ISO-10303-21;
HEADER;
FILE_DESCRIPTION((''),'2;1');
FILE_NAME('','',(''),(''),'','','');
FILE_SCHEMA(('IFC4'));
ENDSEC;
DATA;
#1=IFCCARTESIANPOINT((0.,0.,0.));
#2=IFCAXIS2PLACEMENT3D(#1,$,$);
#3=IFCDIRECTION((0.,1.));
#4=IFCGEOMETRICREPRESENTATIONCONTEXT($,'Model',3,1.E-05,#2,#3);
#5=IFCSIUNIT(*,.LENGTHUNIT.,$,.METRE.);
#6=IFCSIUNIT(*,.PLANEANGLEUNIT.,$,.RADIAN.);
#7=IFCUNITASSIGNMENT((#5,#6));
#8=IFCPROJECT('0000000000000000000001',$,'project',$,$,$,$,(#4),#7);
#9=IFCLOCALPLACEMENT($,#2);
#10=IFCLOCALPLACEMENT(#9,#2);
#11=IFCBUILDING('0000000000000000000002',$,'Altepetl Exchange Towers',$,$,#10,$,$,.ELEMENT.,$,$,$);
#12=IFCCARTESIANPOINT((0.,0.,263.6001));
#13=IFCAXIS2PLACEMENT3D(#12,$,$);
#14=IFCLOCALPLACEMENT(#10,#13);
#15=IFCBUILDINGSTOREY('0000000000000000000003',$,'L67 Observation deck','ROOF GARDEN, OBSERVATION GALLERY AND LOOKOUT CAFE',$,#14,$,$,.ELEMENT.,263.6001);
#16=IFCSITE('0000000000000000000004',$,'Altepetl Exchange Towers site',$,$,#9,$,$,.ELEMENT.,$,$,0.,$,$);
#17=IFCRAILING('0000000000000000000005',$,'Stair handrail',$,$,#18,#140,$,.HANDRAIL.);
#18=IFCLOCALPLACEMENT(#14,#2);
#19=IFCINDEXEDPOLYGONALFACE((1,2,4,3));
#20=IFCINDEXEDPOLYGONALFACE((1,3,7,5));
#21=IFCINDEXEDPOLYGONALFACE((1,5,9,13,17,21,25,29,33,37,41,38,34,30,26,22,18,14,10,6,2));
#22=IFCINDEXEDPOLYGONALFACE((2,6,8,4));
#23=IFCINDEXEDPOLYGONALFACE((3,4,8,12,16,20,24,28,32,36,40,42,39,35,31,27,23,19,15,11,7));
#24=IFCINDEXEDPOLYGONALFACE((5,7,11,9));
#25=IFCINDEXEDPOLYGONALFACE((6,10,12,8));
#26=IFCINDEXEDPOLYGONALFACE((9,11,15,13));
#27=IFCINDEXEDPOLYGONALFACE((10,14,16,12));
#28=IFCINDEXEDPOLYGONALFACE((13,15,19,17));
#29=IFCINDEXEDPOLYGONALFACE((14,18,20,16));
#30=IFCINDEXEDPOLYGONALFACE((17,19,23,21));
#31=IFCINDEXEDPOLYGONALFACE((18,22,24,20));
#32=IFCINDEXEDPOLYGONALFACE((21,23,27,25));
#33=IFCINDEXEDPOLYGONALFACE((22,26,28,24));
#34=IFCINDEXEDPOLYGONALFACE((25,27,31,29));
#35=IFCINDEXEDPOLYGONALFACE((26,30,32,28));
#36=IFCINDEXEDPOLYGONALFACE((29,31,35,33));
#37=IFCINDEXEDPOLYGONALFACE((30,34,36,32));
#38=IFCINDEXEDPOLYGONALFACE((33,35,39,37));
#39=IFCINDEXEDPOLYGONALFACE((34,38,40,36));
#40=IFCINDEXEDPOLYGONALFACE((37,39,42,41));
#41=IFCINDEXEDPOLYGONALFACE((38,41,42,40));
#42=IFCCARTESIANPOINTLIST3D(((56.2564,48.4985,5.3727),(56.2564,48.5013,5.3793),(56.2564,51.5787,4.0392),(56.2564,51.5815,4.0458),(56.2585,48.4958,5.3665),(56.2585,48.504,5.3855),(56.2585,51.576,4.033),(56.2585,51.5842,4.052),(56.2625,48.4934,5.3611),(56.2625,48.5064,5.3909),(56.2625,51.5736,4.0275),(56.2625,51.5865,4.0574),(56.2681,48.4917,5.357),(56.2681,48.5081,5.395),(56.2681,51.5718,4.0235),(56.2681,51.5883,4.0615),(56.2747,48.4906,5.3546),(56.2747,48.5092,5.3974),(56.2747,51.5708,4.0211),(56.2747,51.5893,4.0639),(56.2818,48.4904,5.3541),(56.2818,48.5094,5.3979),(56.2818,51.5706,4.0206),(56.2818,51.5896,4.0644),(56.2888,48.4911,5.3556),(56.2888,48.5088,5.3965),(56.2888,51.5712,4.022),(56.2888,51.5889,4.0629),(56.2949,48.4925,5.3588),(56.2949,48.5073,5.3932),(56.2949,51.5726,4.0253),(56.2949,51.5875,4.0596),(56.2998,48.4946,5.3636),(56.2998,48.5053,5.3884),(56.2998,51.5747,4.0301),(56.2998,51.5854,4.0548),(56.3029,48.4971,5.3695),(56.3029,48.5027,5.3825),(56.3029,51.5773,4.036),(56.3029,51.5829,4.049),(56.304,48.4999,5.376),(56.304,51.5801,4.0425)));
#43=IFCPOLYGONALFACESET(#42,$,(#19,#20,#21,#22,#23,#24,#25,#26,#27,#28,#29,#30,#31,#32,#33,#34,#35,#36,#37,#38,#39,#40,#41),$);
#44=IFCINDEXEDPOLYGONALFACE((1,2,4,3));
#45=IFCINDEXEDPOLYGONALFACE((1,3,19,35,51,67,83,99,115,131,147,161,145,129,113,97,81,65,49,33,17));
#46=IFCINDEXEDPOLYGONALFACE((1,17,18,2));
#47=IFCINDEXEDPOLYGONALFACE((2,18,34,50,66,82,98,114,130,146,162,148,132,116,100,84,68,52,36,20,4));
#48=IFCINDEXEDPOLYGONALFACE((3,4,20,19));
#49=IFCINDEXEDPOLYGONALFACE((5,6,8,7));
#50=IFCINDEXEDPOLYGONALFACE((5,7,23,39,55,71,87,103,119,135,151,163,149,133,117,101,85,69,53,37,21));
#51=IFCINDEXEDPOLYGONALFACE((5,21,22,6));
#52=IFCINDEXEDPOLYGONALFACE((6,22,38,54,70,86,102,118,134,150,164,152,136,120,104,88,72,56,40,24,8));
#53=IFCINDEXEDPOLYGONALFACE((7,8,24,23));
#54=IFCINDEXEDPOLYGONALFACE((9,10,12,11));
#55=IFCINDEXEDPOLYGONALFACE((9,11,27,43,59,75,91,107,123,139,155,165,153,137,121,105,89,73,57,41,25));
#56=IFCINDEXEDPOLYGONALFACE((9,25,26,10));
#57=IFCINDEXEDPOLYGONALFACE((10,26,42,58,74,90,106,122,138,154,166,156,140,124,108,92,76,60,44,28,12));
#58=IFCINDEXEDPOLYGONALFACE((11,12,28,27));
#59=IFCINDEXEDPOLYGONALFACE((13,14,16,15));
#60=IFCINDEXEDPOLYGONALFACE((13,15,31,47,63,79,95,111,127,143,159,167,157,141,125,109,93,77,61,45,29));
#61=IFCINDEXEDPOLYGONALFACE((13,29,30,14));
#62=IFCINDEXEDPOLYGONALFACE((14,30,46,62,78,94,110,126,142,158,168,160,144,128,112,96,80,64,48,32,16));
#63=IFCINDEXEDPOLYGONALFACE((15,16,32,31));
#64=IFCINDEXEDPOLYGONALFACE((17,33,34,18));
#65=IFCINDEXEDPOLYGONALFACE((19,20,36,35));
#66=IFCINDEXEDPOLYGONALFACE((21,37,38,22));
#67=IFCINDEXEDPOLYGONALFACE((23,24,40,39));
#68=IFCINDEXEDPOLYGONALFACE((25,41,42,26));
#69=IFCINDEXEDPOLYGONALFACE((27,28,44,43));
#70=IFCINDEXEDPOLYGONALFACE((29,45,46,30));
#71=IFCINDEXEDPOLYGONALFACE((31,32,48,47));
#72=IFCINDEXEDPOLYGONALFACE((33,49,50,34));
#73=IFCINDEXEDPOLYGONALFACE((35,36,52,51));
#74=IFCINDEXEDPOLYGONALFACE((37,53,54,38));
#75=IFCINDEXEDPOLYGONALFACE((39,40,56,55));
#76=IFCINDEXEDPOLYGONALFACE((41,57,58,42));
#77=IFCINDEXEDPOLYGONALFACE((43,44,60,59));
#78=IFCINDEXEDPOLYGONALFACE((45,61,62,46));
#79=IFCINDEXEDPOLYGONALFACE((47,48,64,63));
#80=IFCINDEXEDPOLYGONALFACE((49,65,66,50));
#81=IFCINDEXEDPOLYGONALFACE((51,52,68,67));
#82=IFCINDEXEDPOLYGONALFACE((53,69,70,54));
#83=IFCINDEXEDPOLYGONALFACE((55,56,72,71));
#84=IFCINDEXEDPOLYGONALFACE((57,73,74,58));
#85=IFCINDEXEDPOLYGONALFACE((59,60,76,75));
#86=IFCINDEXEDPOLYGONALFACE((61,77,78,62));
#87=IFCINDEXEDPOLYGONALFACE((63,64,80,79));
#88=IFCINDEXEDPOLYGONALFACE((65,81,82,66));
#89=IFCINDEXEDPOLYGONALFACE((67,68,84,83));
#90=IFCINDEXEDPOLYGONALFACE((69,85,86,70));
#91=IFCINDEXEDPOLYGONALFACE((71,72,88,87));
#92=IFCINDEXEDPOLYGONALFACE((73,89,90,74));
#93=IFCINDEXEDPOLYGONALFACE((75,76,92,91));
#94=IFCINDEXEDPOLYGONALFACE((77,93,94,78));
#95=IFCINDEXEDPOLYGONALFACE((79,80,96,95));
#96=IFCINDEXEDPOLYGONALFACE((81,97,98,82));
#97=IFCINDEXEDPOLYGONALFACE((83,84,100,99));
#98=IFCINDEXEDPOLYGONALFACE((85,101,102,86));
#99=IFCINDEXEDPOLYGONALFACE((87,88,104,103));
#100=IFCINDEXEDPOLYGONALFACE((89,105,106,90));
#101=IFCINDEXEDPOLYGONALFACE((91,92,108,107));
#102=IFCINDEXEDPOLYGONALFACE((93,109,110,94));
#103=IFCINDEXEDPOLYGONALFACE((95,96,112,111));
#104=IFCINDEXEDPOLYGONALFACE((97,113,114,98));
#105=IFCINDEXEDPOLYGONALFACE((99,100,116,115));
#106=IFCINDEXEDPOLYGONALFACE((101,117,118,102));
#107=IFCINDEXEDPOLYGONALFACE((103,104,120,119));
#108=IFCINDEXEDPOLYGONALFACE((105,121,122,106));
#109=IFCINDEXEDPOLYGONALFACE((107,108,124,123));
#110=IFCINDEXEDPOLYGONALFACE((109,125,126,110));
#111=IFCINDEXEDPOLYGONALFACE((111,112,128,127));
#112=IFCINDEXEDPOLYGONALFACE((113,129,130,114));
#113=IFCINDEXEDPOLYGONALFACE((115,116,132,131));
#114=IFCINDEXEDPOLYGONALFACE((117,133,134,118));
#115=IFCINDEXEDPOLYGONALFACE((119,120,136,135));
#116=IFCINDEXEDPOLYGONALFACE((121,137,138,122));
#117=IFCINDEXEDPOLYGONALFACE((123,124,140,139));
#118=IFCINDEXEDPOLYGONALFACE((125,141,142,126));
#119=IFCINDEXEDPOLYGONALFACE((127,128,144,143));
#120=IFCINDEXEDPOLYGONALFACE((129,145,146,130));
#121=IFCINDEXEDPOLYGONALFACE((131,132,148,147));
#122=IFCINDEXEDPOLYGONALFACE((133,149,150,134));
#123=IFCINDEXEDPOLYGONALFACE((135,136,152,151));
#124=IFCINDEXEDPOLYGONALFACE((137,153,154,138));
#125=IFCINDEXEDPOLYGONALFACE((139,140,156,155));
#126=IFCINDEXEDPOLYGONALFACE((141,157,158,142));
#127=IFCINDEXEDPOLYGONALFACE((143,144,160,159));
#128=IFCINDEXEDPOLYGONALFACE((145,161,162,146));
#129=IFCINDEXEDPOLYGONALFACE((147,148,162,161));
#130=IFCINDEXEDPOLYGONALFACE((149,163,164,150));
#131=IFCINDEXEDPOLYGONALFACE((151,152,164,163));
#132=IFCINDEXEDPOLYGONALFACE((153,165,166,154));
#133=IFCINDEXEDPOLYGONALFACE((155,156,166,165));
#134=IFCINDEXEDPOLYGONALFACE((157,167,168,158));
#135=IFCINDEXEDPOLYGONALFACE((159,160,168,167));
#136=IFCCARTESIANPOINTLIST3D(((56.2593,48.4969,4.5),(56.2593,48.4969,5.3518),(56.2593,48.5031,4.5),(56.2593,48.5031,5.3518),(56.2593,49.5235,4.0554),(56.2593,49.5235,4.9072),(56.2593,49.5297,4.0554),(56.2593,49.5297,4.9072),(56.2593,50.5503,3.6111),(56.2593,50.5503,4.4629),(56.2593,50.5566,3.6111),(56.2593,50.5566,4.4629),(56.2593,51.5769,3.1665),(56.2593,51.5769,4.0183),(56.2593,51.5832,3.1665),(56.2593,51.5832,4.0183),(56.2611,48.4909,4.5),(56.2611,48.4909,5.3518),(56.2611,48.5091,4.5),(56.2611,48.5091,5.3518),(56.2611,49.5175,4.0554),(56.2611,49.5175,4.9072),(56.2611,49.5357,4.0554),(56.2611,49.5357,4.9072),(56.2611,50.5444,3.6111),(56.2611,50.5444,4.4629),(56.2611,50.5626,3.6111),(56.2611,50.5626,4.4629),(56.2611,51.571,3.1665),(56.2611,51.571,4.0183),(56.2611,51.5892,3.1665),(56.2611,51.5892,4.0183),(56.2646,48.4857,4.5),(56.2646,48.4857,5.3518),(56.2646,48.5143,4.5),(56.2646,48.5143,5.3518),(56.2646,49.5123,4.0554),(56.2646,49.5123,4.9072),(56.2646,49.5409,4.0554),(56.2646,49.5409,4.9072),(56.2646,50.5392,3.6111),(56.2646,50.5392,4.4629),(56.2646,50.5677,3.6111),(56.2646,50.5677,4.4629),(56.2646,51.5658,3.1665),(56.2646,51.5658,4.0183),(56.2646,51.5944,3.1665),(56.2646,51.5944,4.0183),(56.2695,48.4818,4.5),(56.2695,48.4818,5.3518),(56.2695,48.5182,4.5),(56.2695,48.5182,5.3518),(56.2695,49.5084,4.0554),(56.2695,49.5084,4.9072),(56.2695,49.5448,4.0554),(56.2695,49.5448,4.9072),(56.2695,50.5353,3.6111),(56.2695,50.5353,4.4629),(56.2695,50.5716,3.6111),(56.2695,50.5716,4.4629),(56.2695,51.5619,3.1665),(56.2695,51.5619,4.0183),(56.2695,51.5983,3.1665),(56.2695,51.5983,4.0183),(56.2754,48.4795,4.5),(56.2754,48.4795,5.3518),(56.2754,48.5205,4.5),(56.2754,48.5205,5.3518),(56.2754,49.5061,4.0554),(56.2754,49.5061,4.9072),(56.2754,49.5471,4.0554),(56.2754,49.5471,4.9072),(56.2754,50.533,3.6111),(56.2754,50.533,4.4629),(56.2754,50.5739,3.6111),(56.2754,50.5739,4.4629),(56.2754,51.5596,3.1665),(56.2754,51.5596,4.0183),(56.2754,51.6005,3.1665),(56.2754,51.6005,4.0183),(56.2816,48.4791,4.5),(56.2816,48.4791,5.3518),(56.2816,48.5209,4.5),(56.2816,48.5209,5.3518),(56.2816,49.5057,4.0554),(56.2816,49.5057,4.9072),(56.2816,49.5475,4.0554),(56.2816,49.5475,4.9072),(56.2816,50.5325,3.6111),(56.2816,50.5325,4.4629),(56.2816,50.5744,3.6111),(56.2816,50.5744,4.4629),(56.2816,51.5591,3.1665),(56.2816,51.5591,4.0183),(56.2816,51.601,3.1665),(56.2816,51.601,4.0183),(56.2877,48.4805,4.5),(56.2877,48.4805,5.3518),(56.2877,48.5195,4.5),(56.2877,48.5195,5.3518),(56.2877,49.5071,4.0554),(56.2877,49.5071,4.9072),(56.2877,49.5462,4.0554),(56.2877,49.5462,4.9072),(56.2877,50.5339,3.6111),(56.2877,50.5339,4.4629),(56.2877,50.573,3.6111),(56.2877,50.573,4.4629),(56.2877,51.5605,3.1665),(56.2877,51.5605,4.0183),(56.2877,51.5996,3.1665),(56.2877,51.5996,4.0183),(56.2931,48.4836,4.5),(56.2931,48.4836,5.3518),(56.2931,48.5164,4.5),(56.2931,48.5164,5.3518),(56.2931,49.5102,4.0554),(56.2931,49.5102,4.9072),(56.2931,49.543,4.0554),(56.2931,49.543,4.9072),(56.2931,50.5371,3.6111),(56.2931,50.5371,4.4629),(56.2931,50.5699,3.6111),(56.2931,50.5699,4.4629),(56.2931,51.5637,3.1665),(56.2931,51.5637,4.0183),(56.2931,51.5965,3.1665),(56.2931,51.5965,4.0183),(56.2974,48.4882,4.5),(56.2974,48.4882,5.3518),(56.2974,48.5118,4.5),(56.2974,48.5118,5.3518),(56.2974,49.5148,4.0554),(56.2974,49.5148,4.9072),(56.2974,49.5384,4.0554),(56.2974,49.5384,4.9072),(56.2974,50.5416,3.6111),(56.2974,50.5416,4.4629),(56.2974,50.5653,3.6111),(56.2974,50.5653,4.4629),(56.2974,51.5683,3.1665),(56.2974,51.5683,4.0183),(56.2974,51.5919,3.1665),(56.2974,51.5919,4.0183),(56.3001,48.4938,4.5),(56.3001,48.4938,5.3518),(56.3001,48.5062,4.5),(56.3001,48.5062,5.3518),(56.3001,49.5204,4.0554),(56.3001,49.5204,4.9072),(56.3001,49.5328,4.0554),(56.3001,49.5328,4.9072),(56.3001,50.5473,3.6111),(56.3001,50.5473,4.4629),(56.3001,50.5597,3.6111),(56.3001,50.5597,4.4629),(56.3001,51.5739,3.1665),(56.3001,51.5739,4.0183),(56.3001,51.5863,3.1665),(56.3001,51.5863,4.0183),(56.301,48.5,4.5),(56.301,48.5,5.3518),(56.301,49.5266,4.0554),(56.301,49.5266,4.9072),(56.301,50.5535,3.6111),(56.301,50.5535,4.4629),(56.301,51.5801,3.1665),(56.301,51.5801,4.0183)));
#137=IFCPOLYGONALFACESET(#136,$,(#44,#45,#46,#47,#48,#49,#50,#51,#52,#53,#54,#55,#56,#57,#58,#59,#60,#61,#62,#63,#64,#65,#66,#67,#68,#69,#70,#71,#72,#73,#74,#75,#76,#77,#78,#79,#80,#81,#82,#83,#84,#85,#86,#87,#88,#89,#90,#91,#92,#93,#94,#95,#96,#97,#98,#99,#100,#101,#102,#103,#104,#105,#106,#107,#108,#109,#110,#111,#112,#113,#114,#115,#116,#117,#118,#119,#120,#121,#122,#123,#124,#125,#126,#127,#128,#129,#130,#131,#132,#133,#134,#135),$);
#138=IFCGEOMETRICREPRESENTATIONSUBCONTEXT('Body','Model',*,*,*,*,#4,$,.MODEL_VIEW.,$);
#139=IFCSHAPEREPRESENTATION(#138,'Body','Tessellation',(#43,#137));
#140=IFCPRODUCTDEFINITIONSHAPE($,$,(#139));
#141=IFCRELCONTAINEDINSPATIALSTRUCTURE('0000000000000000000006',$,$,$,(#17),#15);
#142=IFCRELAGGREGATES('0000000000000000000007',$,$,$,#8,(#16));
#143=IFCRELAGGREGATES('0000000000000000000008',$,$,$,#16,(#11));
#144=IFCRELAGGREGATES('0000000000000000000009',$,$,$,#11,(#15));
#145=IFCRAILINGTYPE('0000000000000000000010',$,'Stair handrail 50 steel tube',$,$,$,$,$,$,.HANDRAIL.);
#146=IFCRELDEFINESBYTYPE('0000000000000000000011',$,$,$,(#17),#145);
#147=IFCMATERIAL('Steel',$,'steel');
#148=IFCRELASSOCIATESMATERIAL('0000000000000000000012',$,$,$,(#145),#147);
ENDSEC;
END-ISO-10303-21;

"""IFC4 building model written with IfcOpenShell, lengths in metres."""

from ifc_helpers import new_model, si_unit, direction, frame, origin, origin_2d, place, context, subcontext, project, spatial, circle, extrude, source, transform, mapped, material, type_object, element, save


model = new_model("IFC4")

# Units and contexts
model_context = context("Model", 3, precision=1e-05, world=origin(), true_north=direction((0.0, 1.0)))
body_context = subcontext(model_context, "Body", "Model", "MODEL_VIEW")
ifc_project = project(units=[si_unit("LENGTHUNIT", "METRE"), si_unit("PLANEANGLEUNIT", "RADIAN")], contexts=[model_context])

# Site, building, storey
site_placement = place(None, origin())
site = spatial("IfcSite", under=ifc_project, at=site_placement, Name="Altepetl Exchange Towers site", CompositionType="ELEMENT", RefElevation=0.0)
building_placement = place(site_placement, origin())
building = spatial("IfcBuilding", under=site, at=building_placement, Name="Altepetl Exchange Towers", CompositionType="ELEMENT")
storey_placement = place(building_placement, frame((0.0, 0.0, 263.6001)))
storey = spatial("IfcBuildingStorey", under=building, at=storey_placement, Name="L67 Observation deck", Description="ROOF GARDEN, OBSERVATION GALLERY AND LOOKOUT CAFE", CompositionType="ELEMENT", Elevation=263.6001)

# Railing
ifc_material_1 = material(Name="Steel", Category="steel")
railing_type = type_object("IfcRailingType", Name="Stair handrail 50 steel tube", PredefinedType="HANDRAIL", material=ifc_material_1)
shared_shape = source(origin(), body_context, "Body", "SweptSolid", [
    extrude(circle(Radius=0.021, at=origin_2d()), origin(), (0.0, 0.0, 1.0), 0.8518),
])
for number, where, name in (
    (1, (56.28, 51.5801, 3.1665), "Stair handrail"),
):
    element("IfcRailing", number, at=place(storey_placement, frame(where)), inside=storey, type_object=railing_type, Name=name, PredefinedType="HANDRAIL", context=body_context, shape_type="SweptSolid", body=[
        extrude(circle(Radius=0.0239, at=origin_2d()), frame((0.0, 0.0, 0.876), z_axis=(0.0, -0.917686, 0.397305), x_axis=(1.0, 0.0, 0.0)), (0.0, 0.0, 1.0), 3.3564),
        mapped(shared_shape, transform((0.0, 0.0, 0.0))),
        mapped(shared_shape, transform((0.0, -1.0266, 0.4446))),
        mapped(shared_shape, transform((0.0, -2.0535, 0.8889))),
        mapped(shared_shape, transform((0.0, -3.0801, 1.3335))),
    ])

save(model, "model.ifc")
